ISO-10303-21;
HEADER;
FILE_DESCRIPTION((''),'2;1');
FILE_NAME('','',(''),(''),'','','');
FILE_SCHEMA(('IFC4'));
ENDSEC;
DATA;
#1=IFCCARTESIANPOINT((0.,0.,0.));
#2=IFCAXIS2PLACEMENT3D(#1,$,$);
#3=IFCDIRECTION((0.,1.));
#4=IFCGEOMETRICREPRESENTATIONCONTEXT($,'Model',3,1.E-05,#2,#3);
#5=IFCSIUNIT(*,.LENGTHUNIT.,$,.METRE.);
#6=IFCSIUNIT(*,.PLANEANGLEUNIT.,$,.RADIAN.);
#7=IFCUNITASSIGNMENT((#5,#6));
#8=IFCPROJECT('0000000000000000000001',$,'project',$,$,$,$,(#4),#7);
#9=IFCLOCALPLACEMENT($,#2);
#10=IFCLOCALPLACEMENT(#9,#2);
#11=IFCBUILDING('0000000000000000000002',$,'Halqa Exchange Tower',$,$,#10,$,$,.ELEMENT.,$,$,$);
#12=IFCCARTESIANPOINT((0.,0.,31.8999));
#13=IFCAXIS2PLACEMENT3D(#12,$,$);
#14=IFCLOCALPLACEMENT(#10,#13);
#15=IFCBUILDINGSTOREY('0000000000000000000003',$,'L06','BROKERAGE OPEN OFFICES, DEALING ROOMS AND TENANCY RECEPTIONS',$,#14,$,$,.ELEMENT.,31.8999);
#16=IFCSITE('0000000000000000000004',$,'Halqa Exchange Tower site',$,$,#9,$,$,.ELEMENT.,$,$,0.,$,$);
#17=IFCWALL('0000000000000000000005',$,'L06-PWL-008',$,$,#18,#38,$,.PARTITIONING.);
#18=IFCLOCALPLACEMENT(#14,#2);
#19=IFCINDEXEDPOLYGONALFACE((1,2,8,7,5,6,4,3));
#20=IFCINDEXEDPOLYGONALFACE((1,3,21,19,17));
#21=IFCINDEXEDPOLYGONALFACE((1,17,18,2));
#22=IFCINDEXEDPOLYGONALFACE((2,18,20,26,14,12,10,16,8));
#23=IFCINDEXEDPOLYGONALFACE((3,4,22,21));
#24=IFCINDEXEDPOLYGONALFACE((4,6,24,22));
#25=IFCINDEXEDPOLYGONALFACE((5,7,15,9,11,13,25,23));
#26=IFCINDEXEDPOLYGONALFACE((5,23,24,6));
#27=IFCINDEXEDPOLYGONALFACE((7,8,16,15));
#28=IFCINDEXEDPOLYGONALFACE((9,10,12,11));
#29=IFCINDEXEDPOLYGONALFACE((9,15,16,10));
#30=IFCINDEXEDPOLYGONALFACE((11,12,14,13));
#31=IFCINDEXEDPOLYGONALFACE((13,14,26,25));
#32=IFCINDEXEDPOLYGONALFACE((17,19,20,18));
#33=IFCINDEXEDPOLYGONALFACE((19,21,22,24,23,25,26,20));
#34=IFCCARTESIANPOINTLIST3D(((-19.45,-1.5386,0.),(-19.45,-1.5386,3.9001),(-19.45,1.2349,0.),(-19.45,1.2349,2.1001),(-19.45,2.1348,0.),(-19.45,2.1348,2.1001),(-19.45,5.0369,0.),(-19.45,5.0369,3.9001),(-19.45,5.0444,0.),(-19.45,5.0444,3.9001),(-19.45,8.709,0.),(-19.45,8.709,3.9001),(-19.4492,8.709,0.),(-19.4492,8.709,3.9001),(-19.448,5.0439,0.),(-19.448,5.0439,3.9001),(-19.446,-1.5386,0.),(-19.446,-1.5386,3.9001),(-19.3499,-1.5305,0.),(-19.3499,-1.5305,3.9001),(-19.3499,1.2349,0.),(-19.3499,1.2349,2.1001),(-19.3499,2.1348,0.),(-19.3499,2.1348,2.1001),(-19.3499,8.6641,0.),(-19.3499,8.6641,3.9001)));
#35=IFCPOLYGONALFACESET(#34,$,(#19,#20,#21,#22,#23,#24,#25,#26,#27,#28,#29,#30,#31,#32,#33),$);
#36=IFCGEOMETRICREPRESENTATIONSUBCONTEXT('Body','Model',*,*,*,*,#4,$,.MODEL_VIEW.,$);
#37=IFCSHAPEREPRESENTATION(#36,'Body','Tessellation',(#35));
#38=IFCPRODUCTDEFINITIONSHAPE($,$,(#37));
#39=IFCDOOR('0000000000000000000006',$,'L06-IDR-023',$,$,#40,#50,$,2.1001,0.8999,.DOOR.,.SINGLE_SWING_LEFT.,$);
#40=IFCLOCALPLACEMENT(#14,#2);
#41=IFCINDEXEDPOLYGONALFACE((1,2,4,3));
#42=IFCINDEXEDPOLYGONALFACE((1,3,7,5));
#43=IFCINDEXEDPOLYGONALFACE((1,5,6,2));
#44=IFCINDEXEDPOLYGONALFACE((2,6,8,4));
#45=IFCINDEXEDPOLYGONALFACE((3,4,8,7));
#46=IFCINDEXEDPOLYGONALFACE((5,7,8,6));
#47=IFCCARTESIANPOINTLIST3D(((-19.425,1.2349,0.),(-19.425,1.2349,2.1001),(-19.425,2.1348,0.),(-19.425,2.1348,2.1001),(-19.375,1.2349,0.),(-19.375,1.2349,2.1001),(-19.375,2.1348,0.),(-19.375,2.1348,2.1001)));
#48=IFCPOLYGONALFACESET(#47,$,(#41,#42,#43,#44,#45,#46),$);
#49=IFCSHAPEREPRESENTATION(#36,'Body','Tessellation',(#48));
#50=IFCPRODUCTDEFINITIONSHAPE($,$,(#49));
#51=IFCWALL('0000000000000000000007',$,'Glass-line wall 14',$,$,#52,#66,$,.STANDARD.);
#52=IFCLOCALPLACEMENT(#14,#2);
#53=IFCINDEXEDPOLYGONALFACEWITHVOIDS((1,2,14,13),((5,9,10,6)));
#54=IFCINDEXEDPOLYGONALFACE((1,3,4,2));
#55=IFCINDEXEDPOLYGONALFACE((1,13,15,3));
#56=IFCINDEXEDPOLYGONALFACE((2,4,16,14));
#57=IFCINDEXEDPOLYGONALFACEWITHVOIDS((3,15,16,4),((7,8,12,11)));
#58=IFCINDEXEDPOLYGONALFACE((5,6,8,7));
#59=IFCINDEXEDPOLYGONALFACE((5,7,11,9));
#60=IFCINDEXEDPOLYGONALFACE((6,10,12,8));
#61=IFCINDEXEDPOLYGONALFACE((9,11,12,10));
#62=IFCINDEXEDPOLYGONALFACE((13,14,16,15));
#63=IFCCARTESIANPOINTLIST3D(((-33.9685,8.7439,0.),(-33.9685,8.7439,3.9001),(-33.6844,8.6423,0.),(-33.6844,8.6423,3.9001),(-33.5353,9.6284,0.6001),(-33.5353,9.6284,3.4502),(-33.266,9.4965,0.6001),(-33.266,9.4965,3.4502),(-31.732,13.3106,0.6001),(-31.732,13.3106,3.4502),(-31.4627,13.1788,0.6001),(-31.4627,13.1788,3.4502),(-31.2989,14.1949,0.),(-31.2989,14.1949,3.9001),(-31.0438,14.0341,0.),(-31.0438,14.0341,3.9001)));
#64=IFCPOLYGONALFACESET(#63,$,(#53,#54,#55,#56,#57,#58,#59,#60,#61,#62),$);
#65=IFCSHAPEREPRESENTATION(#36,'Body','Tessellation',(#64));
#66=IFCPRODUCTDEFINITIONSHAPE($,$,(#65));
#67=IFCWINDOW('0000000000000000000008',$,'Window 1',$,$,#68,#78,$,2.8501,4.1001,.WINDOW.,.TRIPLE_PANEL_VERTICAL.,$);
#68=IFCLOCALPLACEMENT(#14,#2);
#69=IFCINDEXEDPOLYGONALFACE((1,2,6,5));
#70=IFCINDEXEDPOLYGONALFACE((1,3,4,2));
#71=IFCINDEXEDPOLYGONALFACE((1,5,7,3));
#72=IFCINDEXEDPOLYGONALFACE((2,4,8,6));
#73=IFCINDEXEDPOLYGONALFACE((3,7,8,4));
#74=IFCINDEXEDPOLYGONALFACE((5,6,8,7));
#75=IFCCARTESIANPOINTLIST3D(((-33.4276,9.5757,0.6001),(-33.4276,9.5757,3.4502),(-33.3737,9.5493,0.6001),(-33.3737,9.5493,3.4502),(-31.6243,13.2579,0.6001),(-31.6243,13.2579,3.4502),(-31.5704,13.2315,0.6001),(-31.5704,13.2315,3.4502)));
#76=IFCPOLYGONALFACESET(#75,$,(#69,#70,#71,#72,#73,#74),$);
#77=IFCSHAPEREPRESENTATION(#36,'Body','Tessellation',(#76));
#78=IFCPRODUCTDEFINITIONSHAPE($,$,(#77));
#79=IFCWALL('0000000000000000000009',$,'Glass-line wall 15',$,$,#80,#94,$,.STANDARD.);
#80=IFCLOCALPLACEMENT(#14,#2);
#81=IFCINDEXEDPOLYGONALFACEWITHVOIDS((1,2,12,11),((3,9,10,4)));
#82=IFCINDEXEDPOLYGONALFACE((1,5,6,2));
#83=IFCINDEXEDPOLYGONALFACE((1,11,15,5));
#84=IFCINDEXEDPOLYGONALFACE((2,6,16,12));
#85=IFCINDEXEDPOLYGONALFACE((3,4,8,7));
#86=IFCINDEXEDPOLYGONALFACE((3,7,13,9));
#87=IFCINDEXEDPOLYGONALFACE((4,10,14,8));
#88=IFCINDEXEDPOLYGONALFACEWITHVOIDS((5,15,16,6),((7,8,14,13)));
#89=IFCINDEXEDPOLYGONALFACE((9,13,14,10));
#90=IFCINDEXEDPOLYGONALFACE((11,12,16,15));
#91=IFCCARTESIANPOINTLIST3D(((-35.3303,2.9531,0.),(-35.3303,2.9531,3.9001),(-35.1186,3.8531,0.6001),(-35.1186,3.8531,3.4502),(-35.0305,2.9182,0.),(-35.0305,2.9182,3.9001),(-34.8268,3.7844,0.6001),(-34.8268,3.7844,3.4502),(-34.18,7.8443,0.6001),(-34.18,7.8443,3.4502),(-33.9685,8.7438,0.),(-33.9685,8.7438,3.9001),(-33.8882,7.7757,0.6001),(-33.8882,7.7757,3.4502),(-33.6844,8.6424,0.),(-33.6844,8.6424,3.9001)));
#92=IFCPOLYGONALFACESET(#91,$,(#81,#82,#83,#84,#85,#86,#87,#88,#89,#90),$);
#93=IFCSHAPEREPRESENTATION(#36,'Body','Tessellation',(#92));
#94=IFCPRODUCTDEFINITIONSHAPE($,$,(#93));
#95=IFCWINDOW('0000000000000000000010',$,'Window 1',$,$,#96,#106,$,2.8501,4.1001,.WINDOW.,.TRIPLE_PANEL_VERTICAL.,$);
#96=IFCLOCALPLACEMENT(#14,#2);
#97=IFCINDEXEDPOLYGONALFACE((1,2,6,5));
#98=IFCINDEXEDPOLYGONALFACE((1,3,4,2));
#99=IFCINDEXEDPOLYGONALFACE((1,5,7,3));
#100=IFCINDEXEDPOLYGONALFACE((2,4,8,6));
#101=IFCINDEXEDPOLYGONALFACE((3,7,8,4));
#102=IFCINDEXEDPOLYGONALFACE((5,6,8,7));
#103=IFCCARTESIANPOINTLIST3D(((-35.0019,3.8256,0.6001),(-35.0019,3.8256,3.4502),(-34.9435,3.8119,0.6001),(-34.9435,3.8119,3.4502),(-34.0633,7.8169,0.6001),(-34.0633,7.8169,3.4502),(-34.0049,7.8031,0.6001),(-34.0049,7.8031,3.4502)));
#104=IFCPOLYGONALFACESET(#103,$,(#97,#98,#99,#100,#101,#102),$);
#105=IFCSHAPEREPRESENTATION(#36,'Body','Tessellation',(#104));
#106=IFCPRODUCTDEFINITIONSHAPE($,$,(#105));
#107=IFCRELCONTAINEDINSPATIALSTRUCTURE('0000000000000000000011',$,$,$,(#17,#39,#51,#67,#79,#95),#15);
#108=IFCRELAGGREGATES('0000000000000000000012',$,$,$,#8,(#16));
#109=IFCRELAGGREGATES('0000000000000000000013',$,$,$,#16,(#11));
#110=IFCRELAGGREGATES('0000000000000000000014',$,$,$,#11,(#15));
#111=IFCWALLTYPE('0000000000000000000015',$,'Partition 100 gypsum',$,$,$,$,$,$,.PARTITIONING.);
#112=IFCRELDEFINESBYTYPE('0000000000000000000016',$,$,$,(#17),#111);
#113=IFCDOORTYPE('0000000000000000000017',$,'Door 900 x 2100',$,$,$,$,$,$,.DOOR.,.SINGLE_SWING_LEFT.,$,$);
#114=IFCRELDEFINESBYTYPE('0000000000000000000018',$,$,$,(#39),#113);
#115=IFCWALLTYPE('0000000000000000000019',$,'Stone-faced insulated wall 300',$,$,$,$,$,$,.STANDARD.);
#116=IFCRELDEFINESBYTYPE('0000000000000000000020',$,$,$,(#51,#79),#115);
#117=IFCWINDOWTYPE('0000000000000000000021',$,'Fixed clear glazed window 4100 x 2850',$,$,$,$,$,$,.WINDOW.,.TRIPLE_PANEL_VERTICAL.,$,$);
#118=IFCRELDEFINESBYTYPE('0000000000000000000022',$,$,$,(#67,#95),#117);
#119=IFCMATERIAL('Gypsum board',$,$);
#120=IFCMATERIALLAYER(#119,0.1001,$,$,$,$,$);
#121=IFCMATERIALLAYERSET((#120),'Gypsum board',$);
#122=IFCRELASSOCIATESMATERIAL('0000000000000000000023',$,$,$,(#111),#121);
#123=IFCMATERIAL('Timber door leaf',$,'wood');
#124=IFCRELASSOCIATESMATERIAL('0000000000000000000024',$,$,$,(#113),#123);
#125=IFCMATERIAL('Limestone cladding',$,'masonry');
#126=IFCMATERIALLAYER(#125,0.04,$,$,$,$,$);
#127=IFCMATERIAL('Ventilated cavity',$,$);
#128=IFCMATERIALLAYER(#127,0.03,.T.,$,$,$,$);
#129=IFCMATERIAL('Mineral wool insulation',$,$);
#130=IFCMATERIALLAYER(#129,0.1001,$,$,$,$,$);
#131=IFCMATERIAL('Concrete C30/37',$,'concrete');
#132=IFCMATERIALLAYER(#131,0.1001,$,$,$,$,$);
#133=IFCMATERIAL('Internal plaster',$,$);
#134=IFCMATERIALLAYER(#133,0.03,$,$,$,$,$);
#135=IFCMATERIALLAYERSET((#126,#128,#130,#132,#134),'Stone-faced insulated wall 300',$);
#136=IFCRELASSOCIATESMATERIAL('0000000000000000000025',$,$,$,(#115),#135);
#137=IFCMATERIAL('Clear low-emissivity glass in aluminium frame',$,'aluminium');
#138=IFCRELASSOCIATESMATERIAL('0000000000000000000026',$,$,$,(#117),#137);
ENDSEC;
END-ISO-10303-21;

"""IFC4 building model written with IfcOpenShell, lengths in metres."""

from ifc_helpers import new_model, si_unit, direction, frame, frame_2d, origin, place, context, subcontext, project, spatial, polyline, rectangle, outline, extrude, material, layer, layer_set, type_object, element, fill, save


model = new_model("IFC4")

# Units and contexts
model_context = context("Model", 3, precision=1e-05, world=origin(), true_north=direction((0.0, 1.0)))
body_context = subcontext(model_context, "Body", "Model", "MODEL_VIEW")
ifc_project = project(units=[si_unit("LENGTHUNIT", "METRE"), si_unit("PLANEANGLEUNIT", "RADIAN")], contexts=[model_context])

# Site, building, storey
site_placement = place(None, origin())
site = spatial("IfcSite", under=ifc_project, at=site_placement, Name="Halqa Exchange Tower site", CompositionType="ELEMENT", RefElevation=0.0)
building_placement = place(site_placement, origin())
building = spatial("IfcBuilding", under=site, at=building_placement, Name="Halqa Exchange Tower", CompositionType="ELEMENT")
storey_placement = place(building_placement, frame((0.0, 0.0, 31.8999)))
storey = spatial("IfcBuildingStorey", under=building, at=storey_placement, Name="L06", Description="BROKERAGE OPEN OFFICES, DEALING ROOMS AND TENANCY RECEPTIONS", CompositionType="ELEMENT", Elevation=31.8999)

# Wall, opening, door
ifc_material_1 = material(Name="Gypsum board")
ifc_layer_1 = layer(ifc_material_1, 0.1001)
ifc_layer_set_1 = layer_set([ifc_layer_1], Name="Gypsum board")
wall_type_1 = type_object("IfcWallType", Name="Partition 100 gypsum", PredefinedType="PARTITIONING", material=ifc_layer_set_1)
wall_1_placement = place(storey_placement, frame((-19.3999, -1.5386, 0.0), z_axis=(0.0, 0.0, 1.0), x_axis=(0.0, 1.0, 0.0)))
wall_1 = element("IfcWall", 1, at=wall_1_placement, inside=storey, type_object=wall_type_1, Name="L06-PWL-008", PredefinedType="PARTITIONING", context=body_context, shape_type="SweptSolid", body=[
    extrude(outline(polyline([(0.0081, -0.05), (1.707, -0.05), (3.4062, -0.05), (5.1052, -0.05), (6.8044, -0.05), (8.5034, -0.05), (10.2026, -0.05), (10.2476, 0.0493), (10.2476, 0.05), (8.4153, 0.05), (6.583, 0.05), (6.5825, 0.0481), (6.5754, 0.05), (4.9316, 0.05), (3.2876, 0.05), (1.6438, 0.05), (0.0, 0.05), (0.0, 0.0461), (0.0081, -0.05)])), origin(), (0.0, 0.0, 1.0), 3.9001),
])
opening_1_placement = place(wall_1_placement, frame((2.7734, 0.0, 0.0)))
opening_1 = element("IfcOpeningElement", 2, at=opening_1_placement, cuts=wall_1, PredefinedType="OPENING", context=body_context, shape_type="SweptSolid", body=[
    extrude(rectangle(XDim=0.8999, YDim=2.1001, at=frame_2d((0.45, 1.05))), frame((0.0, 0.062, 0.0), z_axis=(0.0, -1.0, 0.0), x_axis=(1.0, 0.0, 0.0)), (0.0, 0.0, 1.0), 0.124),
])
ifc_material_2 = material(Name="Timber door leaf", Category="wood")
door_type_1 = type_object("IfcDoorType", Name="Door 900 x 2100", OperationType="SINGLE_SWING_LEFT", PredefinedType="DOOR", material=ifc_material_2)
door_1_placement = place(opening_1_placement, frame((0.8999, 0.0, 0.0), z_axis=(0.0, 0.0, 1.0), x_axis=(-1.0, 0.0, 0.0)))
door_1 = element("IfcDoor", 3, at=door_1_placement, inside=storey, type_object=door_type_1, Name="L06-IDR-023", OperationType="SINGLE_SWING_LEFT", OverallHeight=2.1001, OverallWidth=0.8999, PredefinedType="DOOR", context=body_context, shape_type="SweptSolid", body=[
    extrude(rectangle(XDim=0.8999, YDim=2.1001, at=frame_2d((0.45, 1.05))), frame((0.0, 0.0249, 0.0), z_axis=(0.0, -1.0, 0.0), x_axis=(1.0, 0.0, 0.0)), (0.0, 0.0, 1.0), 0.05),
])
fill(opening_1, door_1)

# Walls, openings, windows
ifc_material_3 = material(Name="Limestone cladding", Category="masonry")
ifc_layer_2 = layer(ifc_material_3, 0.04)
ifc_material_4 = material(Name="Ventilated cavity")
ifc_layer_3 = layer(ifc_material_4, 0.03, ventilated=True)
ifc_material_5 = material(Name="Mineral wool insulation")
ifc_layer_4 = layer(ifc_material_5, 0.1001)
ifc_material_6 = material(Name="Concrete C30/37", Category="concrete")
ifc_layer_5 = layer(ifc_material_6, 0.1001)
ifc_material_7 = material(Name="Internal plaster")
ifc_layer_6 = layer(ifc_material_7, 0.03)
ifc_layer_set_2 = layer_set([ifc_layer_2, ifc_layer_3, ifc_layer_4, ifc_layer_5, ifc_layer_6], Name="Stone-faced insulated wall 300")
wall_type_2 = type_object("IfcWallType", Name="Stone-faced insulated wall 300", PredefinedType="STANDARD", material=ifc_layer_set_2)
wall_2_placement = place(storey_placement, frame((-31.1714, 14.1145, 0.0), z_axis=(0.0, 0.0, 1.0), x_axis=(-0.439822, -0.898085, 0.0)))
wall_2 = element("IfcWall", 4, at=wall_2_placement, inside=storey, type_object=wall_type_2, Name="Glass-line wall 14", PredefinedType="STANDARD", context=body_context, shape_type="SweptSolid", body=[
    extrude(outline(polyline([(-0.0161, -0.1499), (6.0535, -0.1499), (6.0198, 0.1499), (0.0161, 0.1499), (-0.0161, -0.1499)])), origin(), (0.0, 0.0, 1.0), 3.9001),
])
opening_2_placement = place(wall_2_placement, frame((0.9685, 0.0, 0.6001)))
opening_2 = element("IfcOpeningElement", 5, at=opening_2_placement, cuts=wall_2, PredefinedType="OPENING", context=body_context, shape_type="SweptSolid", body=[
    extrude(rectangle(XDim=4.1001, YDim=2.8501, at=frame_2d((2.05, 1.425))), frame((0.0, 0.1621, 0.0), z_axis=(0.0, -1.0, 0.0), x_axis=(1.0, 0.0, 0.0)), (0.0, 0.0, 1.0), 0.324),
])
ifc_material_8 = material(Name="Clear low-emissivity glass in aluminium frame", Category="aluminium")
window_type = type_object("IfcWindowType", Name="Fixed clear glazed window 4100 x 2850", PartitioningType="TRIPLE_PANEL_VERTICAL", PredefinedType="WINDOW", material=ifc_material_8)
window_1_placement = place(opening_2_placement, origin())
window_1 = element("IfcWindow", 6, at=window_1_placement, inside=storey, type_object=window_type, Name="Window 1", OverallHeight=2.8501, OverallWidth=4.1001, PartitioningType="TRIPLE_PANEL_VERTICAL", PredefinedType="WINDOW", context=body_context, shape_type="SweptSolid", body=[
    extrude(rectangle(XDim=4.1001, YDim=2.8501, at=frame_2d((2.05, 1.425))), frame((0.0, 0.03, 0.0), z_axis=(0.0, -1.0, 0.0), x_axis=(1.0, 0.0, 0.0)), (0.0, 0.0, 1.0), 0.0601),
])
fill(opening_2, window_1)
wall_3_placement = place(storey_placement, frame((-33.8264, 8.6931, 0.0), z_axis=(0.0, 0.0, 1.0), x_axis=(-0.228924, -0.973444, 0.0)))
wall_3 = element("IfcWall", 7, at=wall_3_placement, inside=storey, type_object=wall_type_2, Name="Glass-line wall 15", PredefinedType="STANDARD", context=body_context, shape_type="SweptSolid", body=[
    extrude(outline(polyline([(-0.0168, -0.1499), (5.9319, -0.1499), (5.8972, 0.1499), (0.0168, 0.1499), (-0.0168, -0.1499)])), origin(), (0.0, 0.0, 1.0), 3.9001),
])
opening_3_placement = place(wall_3_placement, frame((0.9072, 0.0, 0.6001)))
opening_3 = element("IfcOpeningElement", 8, at=opening_3_placement, cuts=wall_3, PredefinedType="OPENING", context=body_context, shape_type="SweptSolid", body=[
    extrude(rectangle(XDim=4.1001, YDim=2.8501, at=frame_2d((2.05, 1.425))), frame((0.0, 0.1621, 0.0), z_axis=(0.0, -1.0, 0.0), x_axis=(1.0, 0.0, 0.0)), (0.0, 0.0, 1.0), 0.324),
])
window_2_placement = place(opening_3_placement, origin())
window_2 = element("IfcWindow", 9, at=window_2_placement, inside=storey, type_object=window_type, Name="Window 1", OverallHeight=2.8501, OverallWidth=4.1001, PartitioningType="TRIPLE_PANEL_VERTICAL", PredefinedType="WINDOW", context=body_context, shape_type="SweptSolid", body=[
    extrude(rectangle(XDim=4.1001, YDim=2.8501, at=frame_2d((2.05, 1.425))), frame((0.0, 0.03, 0.0), z_axis=(0.0, -1.0, 0.0), x_axis=(1.0, 0.0, 0.0)), (0.0, 0.0, 1.0), 0.0601),
])
fill(opening_3, window_2)

save(model, "model.ifc")
